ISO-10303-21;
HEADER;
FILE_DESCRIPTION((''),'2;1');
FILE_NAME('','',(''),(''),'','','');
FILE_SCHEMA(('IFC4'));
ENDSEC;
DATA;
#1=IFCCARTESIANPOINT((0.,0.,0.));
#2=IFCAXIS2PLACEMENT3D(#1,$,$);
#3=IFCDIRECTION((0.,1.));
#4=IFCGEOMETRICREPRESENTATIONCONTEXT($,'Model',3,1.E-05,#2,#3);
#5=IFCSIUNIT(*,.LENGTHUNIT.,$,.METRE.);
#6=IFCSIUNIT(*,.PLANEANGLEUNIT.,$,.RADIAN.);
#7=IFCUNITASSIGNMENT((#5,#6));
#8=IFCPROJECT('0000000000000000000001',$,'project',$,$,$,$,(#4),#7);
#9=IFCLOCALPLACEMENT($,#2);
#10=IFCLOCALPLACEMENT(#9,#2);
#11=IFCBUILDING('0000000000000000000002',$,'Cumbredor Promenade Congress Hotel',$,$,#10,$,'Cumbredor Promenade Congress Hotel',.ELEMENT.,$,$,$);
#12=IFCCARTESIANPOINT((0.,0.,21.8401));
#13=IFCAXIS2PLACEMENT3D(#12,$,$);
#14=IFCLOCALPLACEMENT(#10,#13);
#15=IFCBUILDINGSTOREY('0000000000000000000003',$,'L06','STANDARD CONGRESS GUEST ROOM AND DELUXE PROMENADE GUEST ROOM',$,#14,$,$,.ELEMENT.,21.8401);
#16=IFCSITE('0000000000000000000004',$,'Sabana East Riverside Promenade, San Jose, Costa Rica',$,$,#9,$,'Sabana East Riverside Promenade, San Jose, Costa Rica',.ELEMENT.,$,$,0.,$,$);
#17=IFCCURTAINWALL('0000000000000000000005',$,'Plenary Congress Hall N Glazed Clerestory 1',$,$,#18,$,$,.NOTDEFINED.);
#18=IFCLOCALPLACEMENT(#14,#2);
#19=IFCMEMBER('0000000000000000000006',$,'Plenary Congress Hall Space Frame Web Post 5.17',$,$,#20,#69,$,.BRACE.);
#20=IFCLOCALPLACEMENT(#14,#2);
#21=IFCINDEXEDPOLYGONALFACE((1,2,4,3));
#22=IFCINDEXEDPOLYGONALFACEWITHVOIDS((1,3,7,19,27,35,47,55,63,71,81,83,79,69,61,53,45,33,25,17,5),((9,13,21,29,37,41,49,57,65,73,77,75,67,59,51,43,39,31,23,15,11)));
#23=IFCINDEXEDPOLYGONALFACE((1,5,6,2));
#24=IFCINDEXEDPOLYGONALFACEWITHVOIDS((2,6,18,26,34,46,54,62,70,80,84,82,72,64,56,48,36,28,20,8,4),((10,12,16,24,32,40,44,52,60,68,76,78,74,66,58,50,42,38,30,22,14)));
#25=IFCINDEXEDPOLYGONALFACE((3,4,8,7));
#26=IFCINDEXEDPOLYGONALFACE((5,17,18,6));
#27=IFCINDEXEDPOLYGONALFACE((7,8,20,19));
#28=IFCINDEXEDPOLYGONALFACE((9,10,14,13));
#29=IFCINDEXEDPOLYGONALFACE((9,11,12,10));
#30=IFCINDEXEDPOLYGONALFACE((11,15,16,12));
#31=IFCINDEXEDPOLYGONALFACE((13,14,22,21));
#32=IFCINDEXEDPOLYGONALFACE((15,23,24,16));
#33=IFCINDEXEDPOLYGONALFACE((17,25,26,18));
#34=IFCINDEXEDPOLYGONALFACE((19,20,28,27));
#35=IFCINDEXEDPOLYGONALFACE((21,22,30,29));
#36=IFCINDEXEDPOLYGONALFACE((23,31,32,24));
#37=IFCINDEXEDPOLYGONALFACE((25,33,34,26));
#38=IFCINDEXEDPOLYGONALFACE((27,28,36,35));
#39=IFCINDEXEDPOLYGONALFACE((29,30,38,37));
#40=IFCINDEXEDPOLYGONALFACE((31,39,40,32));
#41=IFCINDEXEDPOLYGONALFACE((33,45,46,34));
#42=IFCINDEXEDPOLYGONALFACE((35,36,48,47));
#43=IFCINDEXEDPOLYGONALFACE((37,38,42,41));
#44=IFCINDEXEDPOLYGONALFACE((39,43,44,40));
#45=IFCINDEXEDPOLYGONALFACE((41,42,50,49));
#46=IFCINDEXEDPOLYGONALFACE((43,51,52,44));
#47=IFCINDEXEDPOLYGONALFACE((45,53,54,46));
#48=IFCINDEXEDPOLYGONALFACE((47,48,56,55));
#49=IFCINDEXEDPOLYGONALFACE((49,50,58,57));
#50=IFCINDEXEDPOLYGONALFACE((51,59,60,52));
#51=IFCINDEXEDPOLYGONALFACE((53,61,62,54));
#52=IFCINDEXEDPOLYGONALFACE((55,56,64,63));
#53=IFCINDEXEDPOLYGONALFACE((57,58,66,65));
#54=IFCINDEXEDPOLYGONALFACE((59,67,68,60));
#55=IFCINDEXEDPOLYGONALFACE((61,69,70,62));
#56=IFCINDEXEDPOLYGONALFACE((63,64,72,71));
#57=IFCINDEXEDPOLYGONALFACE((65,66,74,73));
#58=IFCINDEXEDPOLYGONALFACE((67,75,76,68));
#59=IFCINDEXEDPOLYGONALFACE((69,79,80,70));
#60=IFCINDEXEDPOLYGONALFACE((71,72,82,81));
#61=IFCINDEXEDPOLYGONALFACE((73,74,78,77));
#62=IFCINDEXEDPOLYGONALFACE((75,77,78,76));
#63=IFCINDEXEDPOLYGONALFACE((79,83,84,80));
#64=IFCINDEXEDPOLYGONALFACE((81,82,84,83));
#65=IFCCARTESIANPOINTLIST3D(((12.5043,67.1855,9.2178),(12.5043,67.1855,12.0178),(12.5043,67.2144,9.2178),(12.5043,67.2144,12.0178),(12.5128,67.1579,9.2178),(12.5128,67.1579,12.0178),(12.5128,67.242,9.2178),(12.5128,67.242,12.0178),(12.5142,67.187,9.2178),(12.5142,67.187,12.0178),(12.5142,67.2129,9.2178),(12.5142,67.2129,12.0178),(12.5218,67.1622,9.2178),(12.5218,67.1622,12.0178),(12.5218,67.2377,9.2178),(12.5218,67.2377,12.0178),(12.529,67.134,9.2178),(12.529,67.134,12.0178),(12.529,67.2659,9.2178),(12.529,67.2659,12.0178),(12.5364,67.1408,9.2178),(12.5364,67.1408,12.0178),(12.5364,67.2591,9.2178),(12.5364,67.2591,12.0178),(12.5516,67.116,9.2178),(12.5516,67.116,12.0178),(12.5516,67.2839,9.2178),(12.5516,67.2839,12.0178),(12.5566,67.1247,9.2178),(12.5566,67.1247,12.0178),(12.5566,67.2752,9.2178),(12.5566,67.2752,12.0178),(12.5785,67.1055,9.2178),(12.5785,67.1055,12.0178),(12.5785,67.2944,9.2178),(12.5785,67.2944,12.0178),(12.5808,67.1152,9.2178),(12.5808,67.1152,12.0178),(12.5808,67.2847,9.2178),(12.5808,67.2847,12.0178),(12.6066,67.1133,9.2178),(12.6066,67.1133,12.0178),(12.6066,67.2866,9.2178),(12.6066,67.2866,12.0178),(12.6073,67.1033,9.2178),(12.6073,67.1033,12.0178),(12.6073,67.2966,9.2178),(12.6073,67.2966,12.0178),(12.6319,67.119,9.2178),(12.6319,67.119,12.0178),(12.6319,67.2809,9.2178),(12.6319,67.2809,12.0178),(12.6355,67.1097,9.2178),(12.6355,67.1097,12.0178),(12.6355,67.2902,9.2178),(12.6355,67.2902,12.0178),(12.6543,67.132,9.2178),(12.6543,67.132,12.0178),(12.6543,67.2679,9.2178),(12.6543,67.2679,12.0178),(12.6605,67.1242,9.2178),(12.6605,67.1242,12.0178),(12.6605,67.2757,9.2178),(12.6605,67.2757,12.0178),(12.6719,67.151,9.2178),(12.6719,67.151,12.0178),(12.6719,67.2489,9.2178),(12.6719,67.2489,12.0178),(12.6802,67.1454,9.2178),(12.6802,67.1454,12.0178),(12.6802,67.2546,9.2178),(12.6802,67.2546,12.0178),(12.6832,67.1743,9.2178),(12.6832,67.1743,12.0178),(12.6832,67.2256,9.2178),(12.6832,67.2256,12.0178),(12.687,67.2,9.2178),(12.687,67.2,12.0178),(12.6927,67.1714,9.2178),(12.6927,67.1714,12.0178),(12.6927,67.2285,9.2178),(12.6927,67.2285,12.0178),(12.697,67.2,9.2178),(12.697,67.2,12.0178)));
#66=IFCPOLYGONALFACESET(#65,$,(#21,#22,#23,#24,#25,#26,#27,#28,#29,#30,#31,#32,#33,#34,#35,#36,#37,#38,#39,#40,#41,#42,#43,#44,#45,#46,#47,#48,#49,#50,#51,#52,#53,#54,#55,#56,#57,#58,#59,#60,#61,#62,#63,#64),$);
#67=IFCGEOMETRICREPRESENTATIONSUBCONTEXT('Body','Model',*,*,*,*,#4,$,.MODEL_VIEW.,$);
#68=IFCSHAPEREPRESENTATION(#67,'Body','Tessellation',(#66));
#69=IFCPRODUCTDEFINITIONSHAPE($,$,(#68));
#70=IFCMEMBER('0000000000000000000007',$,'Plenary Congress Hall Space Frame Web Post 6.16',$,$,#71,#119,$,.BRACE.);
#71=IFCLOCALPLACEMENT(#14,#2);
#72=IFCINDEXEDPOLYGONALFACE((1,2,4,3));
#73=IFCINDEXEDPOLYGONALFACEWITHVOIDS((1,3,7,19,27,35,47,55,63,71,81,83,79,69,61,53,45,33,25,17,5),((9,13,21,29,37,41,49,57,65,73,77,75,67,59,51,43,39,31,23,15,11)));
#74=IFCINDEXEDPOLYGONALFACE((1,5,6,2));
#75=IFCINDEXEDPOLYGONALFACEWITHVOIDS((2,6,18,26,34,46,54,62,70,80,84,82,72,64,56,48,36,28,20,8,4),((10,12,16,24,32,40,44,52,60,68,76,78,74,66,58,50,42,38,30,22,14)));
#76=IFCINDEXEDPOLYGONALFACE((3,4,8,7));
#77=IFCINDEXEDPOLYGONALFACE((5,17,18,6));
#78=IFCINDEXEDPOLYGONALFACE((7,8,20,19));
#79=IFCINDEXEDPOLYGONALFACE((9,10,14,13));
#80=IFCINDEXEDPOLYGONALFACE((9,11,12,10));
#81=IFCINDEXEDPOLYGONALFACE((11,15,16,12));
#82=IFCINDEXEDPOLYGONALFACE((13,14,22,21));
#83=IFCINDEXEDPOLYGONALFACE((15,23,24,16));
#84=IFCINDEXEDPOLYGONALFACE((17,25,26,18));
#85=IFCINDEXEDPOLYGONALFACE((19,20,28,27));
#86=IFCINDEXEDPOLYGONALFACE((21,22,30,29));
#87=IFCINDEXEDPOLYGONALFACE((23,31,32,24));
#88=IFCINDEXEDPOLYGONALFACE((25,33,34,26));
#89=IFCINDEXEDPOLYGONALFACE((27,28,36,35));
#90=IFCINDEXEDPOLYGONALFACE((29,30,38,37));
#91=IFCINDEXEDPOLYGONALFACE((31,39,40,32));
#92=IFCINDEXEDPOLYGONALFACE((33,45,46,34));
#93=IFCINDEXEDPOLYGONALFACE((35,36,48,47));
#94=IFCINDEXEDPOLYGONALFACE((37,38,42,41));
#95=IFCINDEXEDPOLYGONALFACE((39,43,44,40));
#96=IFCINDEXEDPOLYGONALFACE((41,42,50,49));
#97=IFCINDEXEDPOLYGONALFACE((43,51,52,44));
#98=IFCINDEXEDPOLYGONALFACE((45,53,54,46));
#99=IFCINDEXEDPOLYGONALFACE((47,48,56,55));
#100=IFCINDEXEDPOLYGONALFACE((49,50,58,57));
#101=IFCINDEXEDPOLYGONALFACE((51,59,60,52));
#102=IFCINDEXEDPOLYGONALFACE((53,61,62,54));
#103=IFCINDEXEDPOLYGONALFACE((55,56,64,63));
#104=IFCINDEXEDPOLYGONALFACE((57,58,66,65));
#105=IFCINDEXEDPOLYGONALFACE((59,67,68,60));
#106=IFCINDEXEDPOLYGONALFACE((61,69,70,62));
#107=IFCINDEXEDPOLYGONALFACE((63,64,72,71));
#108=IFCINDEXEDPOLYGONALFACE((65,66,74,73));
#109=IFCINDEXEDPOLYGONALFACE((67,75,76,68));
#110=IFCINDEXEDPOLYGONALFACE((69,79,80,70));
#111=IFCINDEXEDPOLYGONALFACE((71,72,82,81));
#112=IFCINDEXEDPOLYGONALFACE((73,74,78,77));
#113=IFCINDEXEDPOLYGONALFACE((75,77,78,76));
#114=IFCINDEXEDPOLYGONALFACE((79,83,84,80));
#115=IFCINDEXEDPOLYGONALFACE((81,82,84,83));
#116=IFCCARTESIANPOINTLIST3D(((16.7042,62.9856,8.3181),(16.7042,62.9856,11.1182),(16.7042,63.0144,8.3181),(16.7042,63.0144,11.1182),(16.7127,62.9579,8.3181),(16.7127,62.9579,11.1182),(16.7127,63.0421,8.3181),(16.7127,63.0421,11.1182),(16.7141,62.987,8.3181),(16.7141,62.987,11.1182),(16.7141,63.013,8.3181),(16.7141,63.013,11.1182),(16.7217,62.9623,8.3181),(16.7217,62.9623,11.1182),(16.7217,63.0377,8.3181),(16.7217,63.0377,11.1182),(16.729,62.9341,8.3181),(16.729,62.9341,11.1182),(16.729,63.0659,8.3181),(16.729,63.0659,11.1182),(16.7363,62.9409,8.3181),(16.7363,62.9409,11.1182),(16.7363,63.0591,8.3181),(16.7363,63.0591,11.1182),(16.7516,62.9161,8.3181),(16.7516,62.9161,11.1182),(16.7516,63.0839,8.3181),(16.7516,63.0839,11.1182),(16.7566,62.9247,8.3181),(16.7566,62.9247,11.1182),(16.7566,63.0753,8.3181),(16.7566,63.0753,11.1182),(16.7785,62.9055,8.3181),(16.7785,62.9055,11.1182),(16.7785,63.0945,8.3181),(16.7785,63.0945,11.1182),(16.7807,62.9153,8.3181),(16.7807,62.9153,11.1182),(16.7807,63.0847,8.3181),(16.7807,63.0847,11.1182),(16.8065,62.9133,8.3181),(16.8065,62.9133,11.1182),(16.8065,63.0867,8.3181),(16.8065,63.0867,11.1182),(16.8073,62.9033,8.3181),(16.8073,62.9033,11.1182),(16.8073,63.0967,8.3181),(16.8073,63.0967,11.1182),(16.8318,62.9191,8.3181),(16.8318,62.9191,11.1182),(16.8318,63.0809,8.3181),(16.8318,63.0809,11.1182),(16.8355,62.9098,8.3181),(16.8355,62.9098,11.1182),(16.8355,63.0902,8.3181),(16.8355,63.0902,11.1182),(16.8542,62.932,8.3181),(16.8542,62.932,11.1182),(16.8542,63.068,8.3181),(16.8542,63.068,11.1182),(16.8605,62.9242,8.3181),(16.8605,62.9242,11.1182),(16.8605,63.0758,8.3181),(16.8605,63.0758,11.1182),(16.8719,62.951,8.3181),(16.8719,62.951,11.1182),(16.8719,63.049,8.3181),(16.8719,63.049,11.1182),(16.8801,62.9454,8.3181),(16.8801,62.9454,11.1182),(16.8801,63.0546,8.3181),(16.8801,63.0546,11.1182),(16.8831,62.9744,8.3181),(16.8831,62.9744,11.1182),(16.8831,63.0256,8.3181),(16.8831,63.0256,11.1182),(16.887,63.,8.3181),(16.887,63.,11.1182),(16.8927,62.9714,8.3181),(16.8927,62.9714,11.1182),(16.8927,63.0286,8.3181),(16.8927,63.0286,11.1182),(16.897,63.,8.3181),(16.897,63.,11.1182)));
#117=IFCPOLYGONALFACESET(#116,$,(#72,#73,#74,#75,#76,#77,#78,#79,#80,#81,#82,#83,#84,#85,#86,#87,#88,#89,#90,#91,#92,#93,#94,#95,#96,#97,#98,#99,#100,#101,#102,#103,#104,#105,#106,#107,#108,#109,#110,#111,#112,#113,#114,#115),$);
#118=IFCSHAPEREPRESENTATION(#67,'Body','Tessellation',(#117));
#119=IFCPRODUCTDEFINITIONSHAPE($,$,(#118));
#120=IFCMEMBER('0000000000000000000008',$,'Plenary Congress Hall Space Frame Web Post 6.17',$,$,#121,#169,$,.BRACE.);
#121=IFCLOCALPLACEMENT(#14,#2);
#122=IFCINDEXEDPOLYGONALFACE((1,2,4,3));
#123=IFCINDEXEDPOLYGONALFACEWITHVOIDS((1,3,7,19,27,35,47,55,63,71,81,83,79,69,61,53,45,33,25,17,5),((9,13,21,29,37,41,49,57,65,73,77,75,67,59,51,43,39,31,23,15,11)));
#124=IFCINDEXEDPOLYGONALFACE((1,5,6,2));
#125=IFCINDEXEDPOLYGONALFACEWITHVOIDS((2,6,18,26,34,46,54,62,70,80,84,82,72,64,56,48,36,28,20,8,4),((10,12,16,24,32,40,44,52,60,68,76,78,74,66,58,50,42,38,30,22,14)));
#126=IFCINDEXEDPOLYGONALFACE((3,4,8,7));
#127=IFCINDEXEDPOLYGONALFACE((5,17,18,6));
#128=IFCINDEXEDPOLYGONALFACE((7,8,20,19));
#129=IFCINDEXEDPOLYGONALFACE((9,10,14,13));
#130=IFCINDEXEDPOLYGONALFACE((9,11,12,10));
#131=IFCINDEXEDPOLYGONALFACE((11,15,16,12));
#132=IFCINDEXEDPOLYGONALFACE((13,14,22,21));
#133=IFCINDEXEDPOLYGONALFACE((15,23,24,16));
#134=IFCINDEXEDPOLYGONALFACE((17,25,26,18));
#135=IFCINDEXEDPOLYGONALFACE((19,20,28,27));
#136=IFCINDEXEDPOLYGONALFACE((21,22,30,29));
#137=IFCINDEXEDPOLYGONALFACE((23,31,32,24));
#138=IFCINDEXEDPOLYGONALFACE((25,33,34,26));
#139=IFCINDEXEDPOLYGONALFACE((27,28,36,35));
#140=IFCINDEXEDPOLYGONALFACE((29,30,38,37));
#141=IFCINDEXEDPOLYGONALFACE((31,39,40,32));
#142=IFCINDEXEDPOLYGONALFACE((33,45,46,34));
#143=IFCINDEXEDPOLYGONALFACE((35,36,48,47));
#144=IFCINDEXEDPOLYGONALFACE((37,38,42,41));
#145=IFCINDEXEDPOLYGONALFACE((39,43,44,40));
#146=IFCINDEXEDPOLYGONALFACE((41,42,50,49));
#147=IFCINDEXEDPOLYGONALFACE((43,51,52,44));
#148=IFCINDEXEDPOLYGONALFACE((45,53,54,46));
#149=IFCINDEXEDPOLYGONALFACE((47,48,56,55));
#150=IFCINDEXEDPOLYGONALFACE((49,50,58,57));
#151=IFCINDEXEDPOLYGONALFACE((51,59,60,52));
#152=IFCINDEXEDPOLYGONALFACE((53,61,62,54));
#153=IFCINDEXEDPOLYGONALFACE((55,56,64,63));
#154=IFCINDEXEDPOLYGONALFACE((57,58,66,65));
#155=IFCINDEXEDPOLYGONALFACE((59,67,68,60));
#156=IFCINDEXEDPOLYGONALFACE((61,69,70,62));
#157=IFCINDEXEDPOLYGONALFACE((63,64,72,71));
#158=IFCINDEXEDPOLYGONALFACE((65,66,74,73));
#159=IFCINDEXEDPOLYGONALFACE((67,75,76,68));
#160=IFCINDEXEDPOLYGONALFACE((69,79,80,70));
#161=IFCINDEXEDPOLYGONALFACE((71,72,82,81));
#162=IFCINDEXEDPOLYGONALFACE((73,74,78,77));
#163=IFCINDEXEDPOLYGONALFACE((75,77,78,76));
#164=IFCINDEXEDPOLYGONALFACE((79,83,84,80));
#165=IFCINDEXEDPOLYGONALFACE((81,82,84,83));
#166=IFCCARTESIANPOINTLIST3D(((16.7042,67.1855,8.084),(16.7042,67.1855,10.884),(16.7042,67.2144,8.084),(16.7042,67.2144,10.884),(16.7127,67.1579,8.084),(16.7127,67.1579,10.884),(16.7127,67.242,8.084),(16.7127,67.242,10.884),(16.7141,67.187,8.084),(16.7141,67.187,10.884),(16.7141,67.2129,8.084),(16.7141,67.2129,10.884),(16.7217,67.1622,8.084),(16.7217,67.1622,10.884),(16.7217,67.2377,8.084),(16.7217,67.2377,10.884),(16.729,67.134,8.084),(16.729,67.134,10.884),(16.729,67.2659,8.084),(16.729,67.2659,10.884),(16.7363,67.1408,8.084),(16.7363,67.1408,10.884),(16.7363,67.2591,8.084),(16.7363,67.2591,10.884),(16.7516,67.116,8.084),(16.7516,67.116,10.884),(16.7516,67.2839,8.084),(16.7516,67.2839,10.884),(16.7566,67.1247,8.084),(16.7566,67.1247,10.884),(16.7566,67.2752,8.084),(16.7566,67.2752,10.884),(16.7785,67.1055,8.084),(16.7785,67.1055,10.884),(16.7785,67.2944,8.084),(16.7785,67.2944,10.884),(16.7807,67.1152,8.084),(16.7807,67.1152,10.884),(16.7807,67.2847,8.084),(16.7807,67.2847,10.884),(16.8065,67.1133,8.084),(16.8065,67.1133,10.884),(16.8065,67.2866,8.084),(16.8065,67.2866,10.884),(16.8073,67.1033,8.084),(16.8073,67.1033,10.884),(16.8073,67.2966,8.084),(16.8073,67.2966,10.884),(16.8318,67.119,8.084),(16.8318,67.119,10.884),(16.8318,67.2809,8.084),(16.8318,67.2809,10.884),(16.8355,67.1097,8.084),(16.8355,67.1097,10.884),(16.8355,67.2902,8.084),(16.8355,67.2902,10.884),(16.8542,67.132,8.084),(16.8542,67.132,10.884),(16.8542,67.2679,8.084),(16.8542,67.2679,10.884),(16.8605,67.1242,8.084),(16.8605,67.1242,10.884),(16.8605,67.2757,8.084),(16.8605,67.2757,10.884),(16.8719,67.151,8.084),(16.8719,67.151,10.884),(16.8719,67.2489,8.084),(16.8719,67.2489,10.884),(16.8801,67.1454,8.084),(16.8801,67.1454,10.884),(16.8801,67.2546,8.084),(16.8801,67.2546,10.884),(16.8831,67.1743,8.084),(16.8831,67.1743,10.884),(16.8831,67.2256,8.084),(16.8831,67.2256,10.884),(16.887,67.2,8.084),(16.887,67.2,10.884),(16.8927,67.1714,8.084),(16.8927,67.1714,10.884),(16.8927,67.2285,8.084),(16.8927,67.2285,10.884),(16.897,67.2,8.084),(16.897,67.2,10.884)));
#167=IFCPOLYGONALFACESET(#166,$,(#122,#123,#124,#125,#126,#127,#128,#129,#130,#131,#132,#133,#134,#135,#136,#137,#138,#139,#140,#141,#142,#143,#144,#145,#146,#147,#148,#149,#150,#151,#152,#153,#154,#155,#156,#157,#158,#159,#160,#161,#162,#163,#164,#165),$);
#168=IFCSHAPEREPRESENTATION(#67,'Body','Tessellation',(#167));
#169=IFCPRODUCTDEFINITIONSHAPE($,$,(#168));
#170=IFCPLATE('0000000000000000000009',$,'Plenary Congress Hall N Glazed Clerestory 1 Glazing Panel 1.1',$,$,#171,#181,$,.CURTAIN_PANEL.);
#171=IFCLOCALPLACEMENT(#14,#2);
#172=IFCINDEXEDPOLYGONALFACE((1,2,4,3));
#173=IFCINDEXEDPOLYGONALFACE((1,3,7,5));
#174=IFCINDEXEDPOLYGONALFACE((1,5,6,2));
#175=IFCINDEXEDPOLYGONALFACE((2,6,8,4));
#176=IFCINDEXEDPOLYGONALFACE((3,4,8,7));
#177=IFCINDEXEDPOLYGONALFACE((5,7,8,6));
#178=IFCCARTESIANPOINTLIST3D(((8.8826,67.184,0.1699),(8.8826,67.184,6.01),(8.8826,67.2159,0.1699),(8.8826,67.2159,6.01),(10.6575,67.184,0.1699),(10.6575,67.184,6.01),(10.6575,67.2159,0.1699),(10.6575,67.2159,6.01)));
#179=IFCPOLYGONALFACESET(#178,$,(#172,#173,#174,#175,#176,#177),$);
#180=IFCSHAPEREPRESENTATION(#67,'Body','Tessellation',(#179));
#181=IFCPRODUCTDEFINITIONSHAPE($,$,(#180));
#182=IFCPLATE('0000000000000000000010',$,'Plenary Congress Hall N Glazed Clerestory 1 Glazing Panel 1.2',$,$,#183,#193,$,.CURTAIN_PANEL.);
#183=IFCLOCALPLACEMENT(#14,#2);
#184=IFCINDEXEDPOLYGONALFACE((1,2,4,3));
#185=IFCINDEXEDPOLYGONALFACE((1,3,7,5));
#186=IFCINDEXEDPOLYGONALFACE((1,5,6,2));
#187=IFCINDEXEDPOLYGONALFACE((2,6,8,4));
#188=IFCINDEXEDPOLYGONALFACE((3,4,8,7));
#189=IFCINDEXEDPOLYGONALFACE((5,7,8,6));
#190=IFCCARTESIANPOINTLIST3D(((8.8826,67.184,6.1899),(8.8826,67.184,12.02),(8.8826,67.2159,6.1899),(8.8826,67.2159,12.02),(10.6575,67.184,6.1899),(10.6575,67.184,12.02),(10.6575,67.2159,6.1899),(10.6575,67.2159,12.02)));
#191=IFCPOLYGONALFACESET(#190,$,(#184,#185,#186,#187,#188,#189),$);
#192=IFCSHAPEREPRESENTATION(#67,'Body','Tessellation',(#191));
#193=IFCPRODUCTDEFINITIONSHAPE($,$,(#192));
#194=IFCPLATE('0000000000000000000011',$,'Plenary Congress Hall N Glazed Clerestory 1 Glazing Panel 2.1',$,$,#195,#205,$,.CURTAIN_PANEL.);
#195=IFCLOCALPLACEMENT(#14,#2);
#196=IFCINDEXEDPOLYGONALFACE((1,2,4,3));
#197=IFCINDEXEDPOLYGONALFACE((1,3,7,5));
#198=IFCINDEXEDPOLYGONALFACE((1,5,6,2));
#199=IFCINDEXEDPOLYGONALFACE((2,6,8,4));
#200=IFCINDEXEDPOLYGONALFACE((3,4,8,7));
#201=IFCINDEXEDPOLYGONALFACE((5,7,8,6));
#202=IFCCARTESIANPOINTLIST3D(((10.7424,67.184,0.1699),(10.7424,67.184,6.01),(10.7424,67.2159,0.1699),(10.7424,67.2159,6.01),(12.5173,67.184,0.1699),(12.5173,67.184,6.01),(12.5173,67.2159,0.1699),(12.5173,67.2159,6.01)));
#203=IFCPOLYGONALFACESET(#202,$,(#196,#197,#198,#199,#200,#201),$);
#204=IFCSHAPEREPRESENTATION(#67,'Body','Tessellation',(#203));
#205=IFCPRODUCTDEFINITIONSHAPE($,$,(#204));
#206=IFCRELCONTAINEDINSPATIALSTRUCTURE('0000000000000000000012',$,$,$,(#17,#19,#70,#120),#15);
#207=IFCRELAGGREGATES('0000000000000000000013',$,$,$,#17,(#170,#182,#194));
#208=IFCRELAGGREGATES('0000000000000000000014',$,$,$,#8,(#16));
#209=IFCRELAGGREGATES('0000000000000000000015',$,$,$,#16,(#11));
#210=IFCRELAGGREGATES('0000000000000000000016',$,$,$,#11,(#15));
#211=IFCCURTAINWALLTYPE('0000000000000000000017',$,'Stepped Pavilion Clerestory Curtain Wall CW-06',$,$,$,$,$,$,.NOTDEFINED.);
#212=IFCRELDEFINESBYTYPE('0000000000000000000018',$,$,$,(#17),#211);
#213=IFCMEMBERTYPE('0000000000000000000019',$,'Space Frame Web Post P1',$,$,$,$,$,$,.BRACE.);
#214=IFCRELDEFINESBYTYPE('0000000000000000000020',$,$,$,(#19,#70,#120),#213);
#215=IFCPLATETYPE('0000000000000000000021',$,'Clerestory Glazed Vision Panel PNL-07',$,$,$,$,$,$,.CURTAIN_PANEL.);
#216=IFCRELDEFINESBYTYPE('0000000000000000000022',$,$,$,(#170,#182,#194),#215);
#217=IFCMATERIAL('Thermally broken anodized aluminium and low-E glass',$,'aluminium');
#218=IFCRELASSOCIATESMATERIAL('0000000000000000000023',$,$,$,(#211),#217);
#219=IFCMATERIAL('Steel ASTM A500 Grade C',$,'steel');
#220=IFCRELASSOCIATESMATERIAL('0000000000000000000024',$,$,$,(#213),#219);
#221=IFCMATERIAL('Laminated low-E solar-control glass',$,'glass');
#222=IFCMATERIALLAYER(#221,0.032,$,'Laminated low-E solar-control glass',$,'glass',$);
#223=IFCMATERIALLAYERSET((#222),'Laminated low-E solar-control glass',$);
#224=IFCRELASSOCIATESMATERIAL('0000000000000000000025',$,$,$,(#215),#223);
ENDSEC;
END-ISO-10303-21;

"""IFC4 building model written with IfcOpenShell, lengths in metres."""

from ifc_helpers import new_model, si_unit, direction, frame, origin, origin_2d, place, context, subcontext, project, spatial, rectangle, hollow_circle, extrude, material, layer, layer_set, material_profile, profile_set, type_object, element, aggregate, save


model = new_model("IFC4")

# Units and contexts
model_context = context("Model", 3, precision=1e-05, world=origin(), true_north=direction((0.0, 1.0)))
body_context = subcontext(model_context, "Body", "Model", "MODEL_VIEW")
ifc_project = project(units=[si_unit("LENGTHUNIT", "METRE"), si_unit("PLANEANGLEUNIT", "RADIAN")], contexts=[model_context])

# Site, building, storey
site_placement = place(None, origin())
site = spatial("IfcSite", under=ifc_project, at=site_placement, Name="Sabana East Riverside Promenade, San Jose, Costa Rica", LongName="Sabana East Riverside Promenade, San Jose, Costa Rica", CompositionType="ELEMENT", RefElevation=0.0)
building_placement = place(site_placement, origin())
building = spatial("IfcBuilding", under=site, at=building_placement, Name="Cumbredor Promenade Congress Hotel", LongName="Cumbredor Promenade Congress Hotel", CompositionType="ELEMENT")
storey_placement = place(building_placement, frame((0.0, 0.0, 21.8401)))
storey = spatial("IfcBuildingStorey", under=building, at=storey_placement, Name="L06", Description="STANDARD CONGRESS GUEST ROOM AND DELUXE PROMENADE GUEST ROOM", CompositionType="ELEMENT", Elevation=21.8401)

# Curtain wall
ifc_material_1 = material(Name="Thermally broken anodized aluminium and low-E glass", Category="aluminium")
curtain_wall_type = type_object("IfcCurtainWallType", Name="Stepped Pavilion Clerestory Curtain Wall CW-06", PredefinedType="NOTDEFINED", material=ifc_material_1)
curtain_wall_1_placement = place(storey_placement, origin())
curtain_wall_1 = element("IfcCurtainWall", 1, at=curtain_wall_1_placement, inside=storey, type_object=curtain_wall_type, Name="Plenary Congress Hall N Glazed Clerestory 1", PredefinedType="NOTDEFINED")

# Members
ifc_material_2 = material(Name="Steel ASTM A500 Grade C", Category="steel")
ifc_material_profile_1 = material_profile(ifc_material_2, hollow_circle(Radius=0.0969, WallThickness=0.01, at=origin_2d()), Name="CHS 193.7x10")
ifc_profile_set_1 = profile_set([ifc_material_profile_1], Name="Steel ASTM A500 Grade C")
member_type_1 = type_object("IfcMemberType", Name="Space Frame Web Post P1", PredefinedType="BRACE", material=ifc_profile_set_1)
for number, where, z_axis, x_axis, name in (
    (2, (12.6001, 67.2, 9.2178), (0.0, 0.0, 1.0), (1.0, 0.0, 0.0), "Plenary Congress Hall Space Frame Web Post 5.17"),
    (3, (16.8, 63.0, 8.3181), (0.0, 0.0, 1.0), (1.0, 0.0, 0.0), "Plenary Congress Hall Space Frame Web Post 6.16"),
    (4, (16.8, 67.2, 8.084), (0.0, 0.0, 1.0), (1.0, 0.0, 0.0), "Plenary Congress Hall Space Frame Web Post 6.17"),
):
    element("IfcMember", number, at=place(storey_placement, frame(where, z_axis=z_axis, x_axis=x_axis)), inside=storey, type_object=member_type_1, Name=name, PredefinedType="BRACE", context=body_context, shape_type="SweptSolid", body=[
        extrude(hollow_circle(Radius=0.0969, WallThickness=0.01, at=origin_2d()), origin(), (0.0, 0.0, 1.0), 2.8),
    ])

# Plates
ifc_material_3 = material(Name="Laminated low-E solar-control glass", Category="glass")
ifc_layer_1 = layer(ifc_material_3, 0.032, Name="Laminated low-E solar-control glass", Category="glass")
ifc_layer_set_1 = layer_set([ifc_layer_1], Name="Laminated low-E solar-control glass")
plate_type_1 = type_object("IfcPlateType", Name="Clerestory Glazed Vision Panel PNL-07", PredefinedType="CURTAIN_PANEL", material=ifc_layer_set_1)
plate_1_placement = place(storey_placement, frame((9.77, 67.2, 0.1699), z_axis=(0.0, 0.0, 1.0), x_axis=(1.0, 0.0, 0.0)))
plate_1 = element("IfcPlate", 5, at=plate_1_placement, type_object=plate_type_1, Name="Plenary Congress Hall N Glazed Clerestory 1 Glazing Panel 1.1", PredefinedType="CURTAIN_PANEL", context=body_context, shape_type="SweptSolid", body=[
    extrude(rectangle(XDim=1.7749, YDim=0.032, at=origin_2d()), origin(), (0.0, 0.0, 1.0), 5.8401),
])
plate_2_placement = place(storey_placement, frame((9.77, 67.2, 6.1899), z_axis=(0.0, 0.0, 1.0), x_axis=(1.0, 0.0, 0.0)))
plate_2 = element("IfcPlate", 6, at=plate_2_placement, type_object=plate_type_1, Name="Plenary Congress Hall N Glazed Clerestory 1 Glazing Panel 1.2", PredefinedType="CURTAIN_PANEL", context=body_context, shape_type="SweptSolid", body=[
    extrude(rectangle(XDim=1.7749, YDim=0.032, at=origin_2d()), origin(), (0.0, 0.0, 1.0), 5.8301),
])
plate_3_placement = place(storey_placement, frame((11.6299, 67.2, 0.1699), z_axis=(0.0, 0.0, 1.0), x_axis=(1.0, 0.0, 0.0)))
plate_3 = element("IfcPlate", 7, at=plate_3_placement, type_object=plate_type_1, Name="Plenary Congress Hall N Glazed Clerestory 1 Glazing Panel 2.1", PredefinedType="CURTAIN_PANEL", context=body_context, shape_type="SweptSolid", body=[
    extrude(rectangle(XDim=1.7749, YDim=0.032, at=origin_2d()), origin(), (0.0, 0.0, 1.0), 5.8401),
])
aggregate(curtain_wall_1, [plate_1, plate_2, plate_3])

save(model, "model.ifc")
